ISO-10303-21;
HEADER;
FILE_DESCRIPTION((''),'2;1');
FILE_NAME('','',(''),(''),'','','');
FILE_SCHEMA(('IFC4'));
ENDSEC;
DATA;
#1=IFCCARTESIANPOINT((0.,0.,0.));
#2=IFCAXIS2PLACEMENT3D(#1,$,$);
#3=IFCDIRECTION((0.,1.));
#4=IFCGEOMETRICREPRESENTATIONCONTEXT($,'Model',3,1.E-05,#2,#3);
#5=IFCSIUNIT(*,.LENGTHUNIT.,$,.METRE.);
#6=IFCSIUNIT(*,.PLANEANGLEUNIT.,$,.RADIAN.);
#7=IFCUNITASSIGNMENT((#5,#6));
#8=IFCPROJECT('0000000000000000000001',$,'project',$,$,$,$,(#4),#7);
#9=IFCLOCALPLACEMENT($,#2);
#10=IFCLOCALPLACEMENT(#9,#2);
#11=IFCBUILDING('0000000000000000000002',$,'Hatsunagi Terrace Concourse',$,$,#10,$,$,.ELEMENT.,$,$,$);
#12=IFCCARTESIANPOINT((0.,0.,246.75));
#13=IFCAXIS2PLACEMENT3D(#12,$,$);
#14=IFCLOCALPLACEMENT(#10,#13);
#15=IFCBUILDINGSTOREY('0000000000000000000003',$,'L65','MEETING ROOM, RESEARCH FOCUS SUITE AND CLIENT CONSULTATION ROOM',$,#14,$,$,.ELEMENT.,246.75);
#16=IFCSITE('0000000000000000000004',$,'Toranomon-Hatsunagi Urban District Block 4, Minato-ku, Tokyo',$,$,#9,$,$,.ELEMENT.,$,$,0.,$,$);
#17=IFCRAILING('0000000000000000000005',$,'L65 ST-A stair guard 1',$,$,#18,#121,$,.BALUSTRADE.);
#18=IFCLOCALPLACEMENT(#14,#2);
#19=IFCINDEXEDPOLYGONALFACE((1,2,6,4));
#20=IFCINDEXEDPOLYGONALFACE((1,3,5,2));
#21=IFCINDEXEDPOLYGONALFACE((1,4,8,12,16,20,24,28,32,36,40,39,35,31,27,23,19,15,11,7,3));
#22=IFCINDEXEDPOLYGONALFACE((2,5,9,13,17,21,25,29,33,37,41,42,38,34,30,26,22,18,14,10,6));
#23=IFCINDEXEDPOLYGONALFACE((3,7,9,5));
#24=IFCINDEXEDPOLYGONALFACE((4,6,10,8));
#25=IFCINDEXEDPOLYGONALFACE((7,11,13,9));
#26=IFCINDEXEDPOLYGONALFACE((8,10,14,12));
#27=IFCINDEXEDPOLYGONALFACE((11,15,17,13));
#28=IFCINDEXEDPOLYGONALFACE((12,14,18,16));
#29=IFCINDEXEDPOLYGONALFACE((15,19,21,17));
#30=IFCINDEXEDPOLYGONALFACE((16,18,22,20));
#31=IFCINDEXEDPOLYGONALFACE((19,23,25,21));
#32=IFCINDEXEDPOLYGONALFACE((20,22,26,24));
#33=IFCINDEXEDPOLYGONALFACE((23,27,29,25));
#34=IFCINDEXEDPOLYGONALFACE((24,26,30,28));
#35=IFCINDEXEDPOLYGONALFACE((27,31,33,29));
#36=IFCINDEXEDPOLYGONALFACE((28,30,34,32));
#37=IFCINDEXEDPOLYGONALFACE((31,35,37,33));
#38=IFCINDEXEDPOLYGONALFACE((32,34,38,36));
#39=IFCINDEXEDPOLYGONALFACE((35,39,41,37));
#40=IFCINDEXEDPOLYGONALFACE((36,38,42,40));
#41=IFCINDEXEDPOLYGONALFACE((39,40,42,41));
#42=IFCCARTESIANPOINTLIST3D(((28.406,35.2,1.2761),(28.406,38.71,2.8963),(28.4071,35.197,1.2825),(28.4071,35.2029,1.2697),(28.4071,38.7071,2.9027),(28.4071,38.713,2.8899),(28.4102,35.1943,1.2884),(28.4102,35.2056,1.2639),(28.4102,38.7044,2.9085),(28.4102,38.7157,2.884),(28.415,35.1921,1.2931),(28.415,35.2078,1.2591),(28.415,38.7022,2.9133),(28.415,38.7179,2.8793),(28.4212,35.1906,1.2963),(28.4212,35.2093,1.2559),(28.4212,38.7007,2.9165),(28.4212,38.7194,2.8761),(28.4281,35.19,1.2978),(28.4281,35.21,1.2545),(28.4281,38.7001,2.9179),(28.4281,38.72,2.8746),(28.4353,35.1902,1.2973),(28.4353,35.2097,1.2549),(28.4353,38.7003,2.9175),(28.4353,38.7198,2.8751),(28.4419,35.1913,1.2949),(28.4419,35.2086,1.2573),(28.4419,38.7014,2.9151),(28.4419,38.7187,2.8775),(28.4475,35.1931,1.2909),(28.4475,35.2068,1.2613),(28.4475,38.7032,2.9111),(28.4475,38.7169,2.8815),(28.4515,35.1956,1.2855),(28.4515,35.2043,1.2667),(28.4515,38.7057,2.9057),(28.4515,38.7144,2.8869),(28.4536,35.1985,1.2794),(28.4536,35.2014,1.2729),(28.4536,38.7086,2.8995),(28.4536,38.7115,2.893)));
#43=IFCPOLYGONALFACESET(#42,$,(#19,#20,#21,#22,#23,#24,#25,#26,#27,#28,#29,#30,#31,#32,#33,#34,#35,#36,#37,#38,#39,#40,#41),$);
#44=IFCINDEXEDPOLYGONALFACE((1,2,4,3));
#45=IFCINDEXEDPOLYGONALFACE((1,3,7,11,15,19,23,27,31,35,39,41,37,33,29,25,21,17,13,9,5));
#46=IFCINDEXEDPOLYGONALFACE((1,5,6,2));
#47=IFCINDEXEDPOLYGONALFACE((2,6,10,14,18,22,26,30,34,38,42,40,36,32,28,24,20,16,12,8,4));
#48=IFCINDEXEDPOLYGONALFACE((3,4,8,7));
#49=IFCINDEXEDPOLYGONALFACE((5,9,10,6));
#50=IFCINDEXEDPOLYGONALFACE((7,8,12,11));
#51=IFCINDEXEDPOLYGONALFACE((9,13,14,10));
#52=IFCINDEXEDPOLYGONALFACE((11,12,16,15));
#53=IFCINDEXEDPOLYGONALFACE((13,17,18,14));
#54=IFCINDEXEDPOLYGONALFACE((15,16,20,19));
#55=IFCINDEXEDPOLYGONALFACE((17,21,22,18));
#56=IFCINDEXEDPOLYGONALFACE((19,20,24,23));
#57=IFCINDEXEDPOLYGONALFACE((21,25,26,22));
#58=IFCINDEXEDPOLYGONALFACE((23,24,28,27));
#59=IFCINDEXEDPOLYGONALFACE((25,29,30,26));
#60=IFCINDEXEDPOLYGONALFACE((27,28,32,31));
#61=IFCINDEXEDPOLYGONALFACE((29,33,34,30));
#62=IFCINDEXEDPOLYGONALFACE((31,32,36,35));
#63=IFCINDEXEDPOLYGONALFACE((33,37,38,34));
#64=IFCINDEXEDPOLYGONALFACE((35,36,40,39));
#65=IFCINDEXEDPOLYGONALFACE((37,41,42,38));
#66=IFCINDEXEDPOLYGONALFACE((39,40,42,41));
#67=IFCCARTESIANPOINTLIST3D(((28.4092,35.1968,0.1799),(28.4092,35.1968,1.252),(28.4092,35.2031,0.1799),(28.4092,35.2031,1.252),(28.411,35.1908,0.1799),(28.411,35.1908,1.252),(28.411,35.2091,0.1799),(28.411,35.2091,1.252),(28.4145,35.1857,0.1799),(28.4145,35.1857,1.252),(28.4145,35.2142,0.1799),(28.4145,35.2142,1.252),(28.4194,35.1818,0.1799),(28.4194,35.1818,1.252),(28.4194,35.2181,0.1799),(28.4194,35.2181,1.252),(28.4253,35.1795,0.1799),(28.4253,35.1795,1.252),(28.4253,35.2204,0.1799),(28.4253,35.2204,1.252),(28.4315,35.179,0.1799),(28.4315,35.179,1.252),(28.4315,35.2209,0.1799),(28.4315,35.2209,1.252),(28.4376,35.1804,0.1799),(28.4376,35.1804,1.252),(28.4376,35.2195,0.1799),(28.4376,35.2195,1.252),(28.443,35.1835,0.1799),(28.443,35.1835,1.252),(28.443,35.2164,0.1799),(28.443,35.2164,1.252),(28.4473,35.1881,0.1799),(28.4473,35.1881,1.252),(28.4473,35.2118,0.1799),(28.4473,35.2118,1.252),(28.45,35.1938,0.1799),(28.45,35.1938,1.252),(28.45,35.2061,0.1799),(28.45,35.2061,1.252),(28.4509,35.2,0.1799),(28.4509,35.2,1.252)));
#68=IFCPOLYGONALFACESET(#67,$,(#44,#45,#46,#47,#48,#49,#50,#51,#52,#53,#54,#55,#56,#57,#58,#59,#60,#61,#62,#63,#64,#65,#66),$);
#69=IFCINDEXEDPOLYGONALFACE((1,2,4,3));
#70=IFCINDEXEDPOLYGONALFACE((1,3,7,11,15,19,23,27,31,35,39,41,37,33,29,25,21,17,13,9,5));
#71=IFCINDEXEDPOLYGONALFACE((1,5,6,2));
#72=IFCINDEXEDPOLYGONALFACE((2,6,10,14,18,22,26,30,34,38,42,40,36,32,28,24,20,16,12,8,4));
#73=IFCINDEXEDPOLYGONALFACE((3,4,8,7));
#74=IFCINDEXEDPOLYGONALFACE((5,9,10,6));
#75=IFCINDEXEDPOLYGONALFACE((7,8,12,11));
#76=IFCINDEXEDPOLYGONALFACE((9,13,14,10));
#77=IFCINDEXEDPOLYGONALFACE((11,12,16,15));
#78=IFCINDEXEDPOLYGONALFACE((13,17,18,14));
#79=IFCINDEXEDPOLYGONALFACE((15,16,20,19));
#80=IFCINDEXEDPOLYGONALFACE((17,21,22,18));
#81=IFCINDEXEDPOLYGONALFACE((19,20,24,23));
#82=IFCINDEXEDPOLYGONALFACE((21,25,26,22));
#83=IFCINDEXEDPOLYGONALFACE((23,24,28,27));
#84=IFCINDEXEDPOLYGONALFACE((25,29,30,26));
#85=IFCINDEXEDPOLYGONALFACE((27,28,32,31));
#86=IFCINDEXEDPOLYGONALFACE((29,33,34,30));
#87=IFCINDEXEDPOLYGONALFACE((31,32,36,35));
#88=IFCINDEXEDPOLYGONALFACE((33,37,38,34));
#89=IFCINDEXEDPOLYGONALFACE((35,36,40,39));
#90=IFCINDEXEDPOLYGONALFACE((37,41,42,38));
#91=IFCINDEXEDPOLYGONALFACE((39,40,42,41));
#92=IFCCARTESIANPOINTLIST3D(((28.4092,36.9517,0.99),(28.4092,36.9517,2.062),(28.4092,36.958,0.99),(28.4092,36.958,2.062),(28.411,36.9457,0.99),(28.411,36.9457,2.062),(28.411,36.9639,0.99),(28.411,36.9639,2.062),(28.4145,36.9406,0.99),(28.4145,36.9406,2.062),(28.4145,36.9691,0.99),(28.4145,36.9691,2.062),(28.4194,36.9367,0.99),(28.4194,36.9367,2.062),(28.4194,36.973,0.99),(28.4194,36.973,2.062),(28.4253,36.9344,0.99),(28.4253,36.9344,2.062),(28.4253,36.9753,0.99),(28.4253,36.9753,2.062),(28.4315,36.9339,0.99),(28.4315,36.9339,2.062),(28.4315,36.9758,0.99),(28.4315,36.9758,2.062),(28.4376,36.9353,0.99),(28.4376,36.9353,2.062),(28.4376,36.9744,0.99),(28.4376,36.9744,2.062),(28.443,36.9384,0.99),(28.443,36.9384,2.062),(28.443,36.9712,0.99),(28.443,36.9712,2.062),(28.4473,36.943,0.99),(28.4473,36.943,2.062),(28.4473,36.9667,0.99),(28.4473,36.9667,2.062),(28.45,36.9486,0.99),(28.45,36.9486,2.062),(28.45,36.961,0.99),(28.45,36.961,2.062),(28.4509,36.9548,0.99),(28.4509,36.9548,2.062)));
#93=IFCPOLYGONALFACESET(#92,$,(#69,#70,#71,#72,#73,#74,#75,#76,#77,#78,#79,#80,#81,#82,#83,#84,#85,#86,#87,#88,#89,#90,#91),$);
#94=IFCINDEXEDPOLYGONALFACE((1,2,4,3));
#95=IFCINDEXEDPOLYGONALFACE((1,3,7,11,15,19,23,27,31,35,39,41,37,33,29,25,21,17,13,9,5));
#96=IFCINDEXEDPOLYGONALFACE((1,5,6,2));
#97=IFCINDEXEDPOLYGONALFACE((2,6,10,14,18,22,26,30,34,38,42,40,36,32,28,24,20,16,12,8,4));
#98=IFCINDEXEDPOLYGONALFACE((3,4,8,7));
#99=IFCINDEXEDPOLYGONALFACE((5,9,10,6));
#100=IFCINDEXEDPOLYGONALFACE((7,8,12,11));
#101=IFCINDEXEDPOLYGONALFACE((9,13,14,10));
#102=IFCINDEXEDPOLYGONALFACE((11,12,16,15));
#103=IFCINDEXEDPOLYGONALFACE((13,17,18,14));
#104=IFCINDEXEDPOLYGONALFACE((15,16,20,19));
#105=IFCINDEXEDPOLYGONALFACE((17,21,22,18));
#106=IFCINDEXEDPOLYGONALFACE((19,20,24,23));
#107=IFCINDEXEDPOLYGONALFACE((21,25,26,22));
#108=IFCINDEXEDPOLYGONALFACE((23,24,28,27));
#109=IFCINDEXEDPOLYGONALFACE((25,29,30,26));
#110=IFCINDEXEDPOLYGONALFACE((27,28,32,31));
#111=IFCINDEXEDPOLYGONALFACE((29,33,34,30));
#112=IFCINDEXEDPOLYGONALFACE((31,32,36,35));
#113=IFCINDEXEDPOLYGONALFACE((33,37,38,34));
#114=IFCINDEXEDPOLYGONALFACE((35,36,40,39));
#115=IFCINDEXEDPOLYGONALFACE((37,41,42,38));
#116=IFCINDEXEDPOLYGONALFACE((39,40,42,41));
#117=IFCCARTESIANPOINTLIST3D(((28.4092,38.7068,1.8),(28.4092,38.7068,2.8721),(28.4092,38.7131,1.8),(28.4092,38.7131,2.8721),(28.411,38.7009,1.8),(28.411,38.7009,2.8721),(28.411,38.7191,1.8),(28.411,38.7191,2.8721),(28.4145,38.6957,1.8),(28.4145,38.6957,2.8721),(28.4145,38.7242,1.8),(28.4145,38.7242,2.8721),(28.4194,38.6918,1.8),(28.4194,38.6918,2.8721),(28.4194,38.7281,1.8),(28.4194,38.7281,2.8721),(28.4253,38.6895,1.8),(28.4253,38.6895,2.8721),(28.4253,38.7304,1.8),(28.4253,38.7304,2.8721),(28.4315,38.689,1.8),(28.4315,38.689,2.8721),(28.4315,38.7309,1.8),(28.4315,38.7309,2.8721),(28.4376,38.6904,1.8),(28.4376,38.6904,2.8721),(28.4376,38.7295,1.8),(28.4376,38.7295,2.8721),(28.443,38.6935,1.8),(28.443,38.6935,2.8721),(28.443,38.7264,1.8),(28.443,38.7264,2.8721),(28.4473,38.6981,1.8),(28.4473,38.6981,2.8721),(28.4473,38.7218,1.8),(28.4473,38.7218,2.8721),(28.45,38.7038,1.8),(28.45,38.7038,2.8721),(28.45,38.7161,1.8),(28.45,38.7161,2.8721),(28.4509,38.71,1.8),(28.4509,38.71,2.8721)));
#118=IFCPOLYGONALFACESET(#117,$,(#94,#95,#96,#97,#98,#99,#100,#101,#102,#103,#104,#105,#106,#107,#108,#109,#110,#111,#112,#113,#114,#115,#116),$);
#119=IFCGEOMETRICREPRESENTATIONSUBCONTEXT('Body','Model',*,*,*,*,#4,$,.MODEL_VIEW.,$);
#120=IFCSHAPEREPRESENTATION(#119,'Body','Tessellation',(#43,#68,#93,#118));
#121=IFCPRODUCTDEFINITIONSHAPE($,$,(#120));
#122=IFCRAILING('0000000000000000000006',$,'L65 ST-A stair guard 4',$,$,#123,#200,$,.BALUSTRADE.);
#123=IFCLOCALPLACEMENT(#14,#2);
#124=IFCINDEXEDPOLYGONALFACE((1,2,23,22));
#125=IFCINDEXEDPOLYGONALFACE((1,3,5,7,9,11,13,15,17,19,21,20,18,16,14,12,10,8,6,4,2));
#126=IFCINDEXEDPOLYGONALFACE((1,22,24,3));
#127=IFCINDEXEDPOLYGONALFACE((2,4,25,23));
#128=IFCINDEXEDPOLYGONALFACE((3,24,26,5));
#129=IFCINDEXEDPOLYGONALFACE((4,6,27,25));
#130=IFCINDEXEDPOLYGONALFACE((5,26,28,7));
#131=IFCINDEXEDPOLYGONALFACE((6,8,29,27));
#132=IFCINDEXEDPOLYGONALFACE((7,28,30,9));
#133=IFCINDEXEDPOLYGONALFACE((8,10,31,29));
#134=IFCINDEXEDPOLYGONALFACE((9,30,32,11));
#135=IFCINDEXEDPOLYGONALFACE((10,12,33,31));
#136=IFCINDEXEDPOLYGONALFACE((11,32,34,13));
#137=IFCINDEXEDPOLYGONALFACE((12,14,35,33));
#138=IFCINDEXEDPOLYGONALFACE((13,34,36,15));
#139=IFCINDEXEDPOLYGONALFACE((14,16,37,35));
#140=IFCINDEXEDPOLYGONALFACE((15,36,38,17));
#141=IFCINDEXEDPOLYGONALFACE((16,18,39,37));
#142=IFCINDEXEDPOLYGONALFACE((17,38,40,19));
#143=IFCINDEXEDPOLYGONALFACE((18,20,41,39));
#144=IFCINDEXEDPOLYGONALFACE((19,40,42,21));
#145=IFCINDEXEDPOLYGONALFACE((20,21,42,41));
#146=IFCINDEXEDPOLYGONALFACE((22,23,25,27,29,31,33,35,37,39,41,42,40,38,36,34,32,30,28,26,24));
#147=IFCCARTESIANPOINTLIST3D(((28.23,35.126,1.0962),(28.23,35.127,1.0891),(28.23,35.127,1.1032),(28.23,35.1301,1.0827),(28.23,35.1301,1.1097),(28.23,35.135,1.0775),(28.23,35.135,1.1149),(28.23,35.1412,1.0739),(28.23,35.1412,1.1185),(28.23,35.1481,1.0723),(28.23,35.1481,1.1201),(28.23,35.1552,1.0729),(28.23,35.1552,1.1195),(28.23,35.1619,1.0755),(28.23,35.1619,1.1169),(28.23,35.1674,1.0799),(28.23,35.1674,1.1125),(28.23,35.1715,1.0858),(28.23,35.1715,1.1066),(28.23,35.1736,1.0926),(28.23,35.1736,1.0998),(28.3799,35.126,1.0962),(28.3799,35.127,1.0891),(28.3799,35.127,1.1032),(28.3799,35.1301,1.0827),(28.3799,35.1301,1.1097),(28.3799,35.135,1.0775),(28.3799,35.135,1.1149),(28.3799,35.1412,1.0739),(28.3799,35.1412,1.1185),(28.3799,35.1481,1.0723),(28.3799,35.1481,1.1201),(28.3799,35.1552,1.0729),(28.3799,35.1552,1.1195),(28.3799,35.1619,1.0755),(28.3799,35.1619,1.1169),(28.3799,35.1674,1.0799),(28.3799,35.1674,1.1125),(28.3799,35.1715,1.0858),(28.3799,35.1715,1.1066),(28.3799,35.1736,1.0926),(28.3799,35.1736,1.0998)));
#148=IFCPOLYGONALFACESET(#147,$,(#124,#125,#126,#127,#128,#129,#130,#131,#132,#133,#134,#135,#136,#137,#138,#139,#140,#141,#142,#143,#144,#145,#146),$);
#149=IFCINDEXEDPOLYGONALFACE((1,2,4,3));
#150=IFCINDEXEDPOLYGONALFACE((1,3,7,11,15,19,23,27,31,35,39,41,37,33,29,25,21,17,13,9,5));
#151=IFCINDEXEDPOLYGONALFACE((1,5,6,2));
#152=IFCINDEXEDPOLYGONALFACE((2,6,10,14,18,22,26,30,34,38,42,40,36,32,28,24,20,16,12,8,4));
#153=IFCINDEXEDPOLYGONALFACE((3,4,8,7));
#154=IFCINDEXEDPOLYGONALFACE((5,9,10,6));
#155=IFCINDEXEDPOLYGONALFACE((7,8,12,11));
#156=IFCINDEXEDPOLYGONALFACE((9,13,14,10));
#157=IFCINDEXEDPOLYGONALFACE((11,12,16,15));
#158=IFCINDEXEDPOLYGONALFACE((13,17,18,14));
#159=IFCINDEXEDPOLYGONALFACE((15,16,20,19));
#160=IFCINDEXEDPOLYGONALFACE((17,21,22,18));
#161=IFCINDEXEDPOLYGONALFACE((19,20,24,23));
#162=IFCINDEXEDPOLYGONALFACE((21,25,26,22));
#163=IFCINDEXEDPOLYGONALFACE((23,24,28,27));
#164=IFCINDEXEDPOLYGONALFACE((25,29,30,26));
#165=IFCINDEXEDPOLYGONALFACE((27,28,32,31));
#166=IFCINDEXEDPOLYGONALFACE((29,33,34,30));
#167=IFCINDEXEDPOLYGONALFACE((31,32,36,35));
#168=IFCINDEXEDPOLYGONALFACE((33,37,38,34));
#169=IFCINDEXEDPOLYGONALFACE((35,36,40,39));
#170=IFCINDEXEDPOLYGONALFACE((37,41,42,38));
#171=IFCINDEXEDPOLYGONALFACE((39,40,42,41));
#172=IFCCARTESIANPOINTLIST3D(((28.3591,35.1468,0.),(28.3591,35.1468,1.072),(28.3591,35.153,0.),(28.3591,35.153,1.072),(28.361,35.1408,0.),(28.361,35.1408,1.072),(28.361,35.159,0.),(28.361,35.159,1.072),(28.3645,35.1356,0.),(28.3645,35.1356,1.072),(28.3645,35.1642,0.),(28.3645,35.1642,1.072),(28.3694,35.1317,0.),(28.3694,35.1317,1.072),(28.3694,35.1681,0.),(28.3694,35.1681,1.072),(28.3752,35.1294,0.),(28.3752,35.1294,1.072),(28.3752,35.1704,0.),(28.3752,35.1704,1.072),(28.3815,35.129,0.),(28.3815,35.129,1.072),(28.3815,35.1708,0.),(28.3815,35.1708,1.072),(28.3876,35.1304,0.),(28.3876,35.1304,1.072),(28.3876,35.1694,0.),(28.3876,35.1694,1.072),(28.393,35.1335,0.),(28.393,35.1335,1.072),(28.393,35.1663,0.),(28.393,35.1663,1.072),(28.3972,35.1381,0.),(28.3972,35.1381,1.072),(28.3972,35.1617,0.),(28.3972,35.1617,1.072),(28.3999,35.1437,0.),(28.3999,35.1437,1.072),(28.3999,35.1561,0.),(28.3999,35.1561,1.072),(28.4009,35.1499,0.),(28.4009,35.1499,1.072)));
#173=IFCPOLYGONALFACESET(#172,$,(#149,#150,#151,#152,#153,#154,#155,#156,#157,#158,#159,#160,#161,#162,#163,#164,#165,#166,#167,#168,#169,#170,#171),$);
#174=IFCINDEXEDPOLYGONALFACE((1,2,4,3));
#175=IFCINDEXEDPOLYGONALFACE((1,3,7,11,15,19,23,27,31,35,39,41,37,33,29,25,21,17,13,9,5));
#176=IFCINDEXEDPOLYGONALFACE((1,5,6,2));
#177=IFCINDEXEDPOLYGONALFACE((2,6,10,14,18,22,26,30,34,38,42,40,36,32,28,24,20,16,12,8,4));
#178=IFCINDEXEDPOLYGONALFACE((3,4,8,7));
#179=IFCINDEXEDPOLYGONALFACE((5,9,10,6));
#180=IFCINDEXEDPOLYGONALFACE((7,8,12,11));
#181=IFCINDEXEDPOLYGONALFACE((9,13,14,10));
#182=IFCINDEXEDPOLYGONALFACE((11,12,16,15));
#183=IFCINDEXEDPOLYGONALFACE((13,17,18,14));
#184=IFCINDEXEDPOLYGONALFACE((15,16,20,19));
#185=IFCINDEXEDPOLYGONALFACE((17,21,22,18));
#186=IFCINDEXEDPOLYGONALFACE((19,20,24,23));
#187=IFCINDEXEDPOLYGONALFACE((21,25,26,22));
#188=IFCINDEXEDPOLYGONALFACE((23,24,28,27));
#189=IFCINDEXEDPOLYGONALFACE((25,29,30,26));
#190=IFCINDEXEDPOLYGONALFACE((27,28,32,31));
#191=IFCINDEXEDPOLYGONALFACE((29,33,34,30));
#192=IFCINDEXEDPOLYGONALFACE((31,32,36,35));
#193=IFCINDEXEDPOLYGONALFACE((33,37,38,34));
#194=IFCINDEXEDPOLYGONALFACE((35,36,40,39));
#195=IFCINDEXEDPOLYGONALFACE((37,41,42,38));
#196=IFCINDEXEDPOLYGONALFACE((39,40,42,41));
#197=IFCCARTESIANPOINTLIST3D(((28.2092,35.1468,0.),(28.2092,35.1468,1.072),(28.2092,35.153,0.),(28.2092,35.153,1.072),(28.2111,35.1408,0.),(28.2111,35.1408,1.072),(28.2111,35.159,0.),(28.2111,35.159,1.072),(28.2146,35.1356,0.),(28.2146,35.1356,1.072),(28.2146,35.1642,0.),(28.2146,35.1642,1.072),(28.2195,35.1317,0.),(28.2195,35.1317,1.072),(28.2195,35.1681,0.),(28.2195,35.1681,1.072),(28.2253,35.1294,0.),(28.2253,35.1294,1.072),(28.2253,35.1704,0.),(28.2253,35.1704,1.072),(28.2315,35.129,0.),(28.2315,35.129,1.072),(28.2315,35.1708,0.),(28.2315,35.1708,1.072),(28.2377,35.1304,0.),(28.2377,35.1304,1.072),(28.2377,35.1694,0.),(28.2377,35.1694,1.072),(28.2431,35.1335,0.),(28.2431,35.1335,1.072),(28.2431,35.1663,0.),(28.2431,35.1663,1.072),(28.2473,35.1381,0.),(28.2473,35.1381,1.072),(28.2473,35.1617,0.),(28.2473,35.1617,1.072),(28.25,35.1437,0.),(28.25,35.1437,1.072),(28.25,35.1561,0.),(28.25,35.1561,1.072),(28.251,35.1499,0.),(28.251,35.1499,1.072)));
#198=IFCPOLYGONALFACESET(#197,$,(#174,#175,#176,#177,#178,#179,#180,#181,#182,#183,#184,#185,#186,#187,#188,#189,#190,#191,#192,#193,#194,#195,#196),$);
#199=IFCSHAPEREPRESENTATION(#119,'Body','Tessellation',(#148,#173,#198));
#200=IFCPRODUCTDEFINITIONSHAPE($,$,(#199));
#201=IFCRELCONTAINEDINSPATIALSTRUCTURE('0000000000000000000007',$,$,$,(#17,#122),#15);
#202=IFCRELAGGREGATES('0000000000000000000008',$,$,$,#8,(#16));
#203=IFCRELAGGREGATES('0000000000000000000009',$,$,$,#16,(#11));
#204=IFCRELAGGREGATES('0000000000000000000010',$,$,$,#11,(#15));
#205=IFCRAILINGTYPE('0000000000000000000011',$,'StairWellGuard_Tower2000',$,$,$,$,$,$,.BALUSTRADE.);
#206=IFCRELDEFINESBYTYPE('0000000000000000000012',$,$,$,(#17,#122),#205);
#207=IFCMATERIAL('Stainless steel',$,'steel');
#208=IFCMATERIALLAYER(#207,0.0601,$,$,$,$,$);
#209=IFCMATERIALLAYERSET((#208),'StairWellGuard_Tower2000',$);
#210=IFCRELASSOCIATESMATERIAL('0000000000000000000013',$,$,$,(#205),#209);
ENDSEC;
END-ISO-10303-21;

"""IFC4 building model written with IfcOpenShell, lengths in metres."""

from ifc_helpers import new_model, si_unit, direction, frame, origin, origin_2d, place, context, subcontext, project, spatial, circle, extrude, material, layer, layer_set, type_object, element, save


model = new_model("IFC4")

# Units and contexts
model_context = context("Model", 3, precision=1e-05, world=origin(), true_north=direction((0.0, 1.0)))
body_context = subcontext(model_context, "Body", "Model", "MODEL_VIEW")
ifc_project = project(units=[si_unit("LENGTHUNIT", "METRE"), si_unit("PLANEANGLEUNIT", "RADIAN")], contexts=[model_context])

# Site, building, storey
site_placement = place(None, origin())
site = spatial("IfcSite", under=ifc_project, at=site_placement, Name="Toranomon-Hatsunagi Urban District Block 4, Minato-ku, Tokyo", CompositionType="ELEMENT", RefElevation=0.0)
building_placement = place(site_placement, origin())
building = spatial("IfcBuilding", under=site, at=building_placement, Name="Hatsunagi Terrace Concourse", CompositionType="ELEMENT")
storey_placement = place(building_placement, frame((0.0, 0.0, 246.75)))
storey = spatial("IfcBuildingStorey", under=building, at=storey_placement, Name="L65", Description="MEETING ROOM, RESEARCH FOCUS SUITE AND CLIENT CONSULTATION ROOM", CompositionType="ELEMENT", Elevation=246.75)

# Railings
ifc_material_1 = material(Name="Stainless steel", Category="steel")
ifc_layer_1 = layer(ifc_material_1, 0.0601)
ifc_layer_set_1 = layer_set([ifc_layer_1], Name="StairWellGuard_Tower2000")
railing_type_1 = type_object("IfcRailingType", Name="StairWellGuard_Tower2000", PredefinedType="BALUSTRADE", material=ifc_layer_set_1)
railing_1_placement = place(storey_placement, frame((28.4299, 35.2, 0.1799)))
element("IfcRailing", 1, at=railing_1_placement, inside=storey, type_object=railing_type_1, Name="L65 ST-A stair guard 1", PredefinedType="BALUSTRADE", context=body_context, shape_type="SweptSolid", body=[
    extrude(circle(Radius=0.0239, at=origin_2d()), frame((0.0, 0.0, 1.0962), z_axis=(0.0, 0.907948, 0.419082), x_axis=(-1.0, 0.0, 0.0)), (0.0, 0.0, 1.0), 3.866),
    extrude(circle(Radius=0.021, at=origin_2d()), origin(), (0.0, 0.0, 1.0), 1.072),
    extrude(circle(Radius=0.021, at=origin_2d()), frame((0.0, 1.7549, 0.8101)), (0.0, 0.0, 1.0), 1.072),
    extrude(circle(Radius=0.021, at=origin_2d()), frame((0.0, 3.51, 1.6201)), (0.0, 0.0, 1.0), 1.072),
])
railing_2_placement = place(storey_placement, frame((28.3799, 35.1499, 0.0)))
element("IfcRailing", 2, at=railing_2_placement, inside=storey, type_object=railing_type_1, Name="L65 ST-A stair guard 4", PredefinedType="BALUSTRADE", context=body_context, shape_type="SweptSolid", body=[
    extrude(circle(Radius=0.0239, at=origin_2d()), frame((0.0, 0.0, 1.0962), z_axis=(-1.0, 0.0, 0.0), x_axis=(0.0, -1.0, 0.0)), (0.0, 0.0, 1.0), 0.1499),
    extrude(circle(Radius=0.021, at=origin_2d()), origin(), (0.0, 0.0, 1.0), 1.072),
    extrude(circle(Radius=0.021, at=origin_2d()), frame((-0.1499, 0.0, 0.0)), (0.0, 0.0, 1.0), 1.072),
])

save(model, "model.ifc")
